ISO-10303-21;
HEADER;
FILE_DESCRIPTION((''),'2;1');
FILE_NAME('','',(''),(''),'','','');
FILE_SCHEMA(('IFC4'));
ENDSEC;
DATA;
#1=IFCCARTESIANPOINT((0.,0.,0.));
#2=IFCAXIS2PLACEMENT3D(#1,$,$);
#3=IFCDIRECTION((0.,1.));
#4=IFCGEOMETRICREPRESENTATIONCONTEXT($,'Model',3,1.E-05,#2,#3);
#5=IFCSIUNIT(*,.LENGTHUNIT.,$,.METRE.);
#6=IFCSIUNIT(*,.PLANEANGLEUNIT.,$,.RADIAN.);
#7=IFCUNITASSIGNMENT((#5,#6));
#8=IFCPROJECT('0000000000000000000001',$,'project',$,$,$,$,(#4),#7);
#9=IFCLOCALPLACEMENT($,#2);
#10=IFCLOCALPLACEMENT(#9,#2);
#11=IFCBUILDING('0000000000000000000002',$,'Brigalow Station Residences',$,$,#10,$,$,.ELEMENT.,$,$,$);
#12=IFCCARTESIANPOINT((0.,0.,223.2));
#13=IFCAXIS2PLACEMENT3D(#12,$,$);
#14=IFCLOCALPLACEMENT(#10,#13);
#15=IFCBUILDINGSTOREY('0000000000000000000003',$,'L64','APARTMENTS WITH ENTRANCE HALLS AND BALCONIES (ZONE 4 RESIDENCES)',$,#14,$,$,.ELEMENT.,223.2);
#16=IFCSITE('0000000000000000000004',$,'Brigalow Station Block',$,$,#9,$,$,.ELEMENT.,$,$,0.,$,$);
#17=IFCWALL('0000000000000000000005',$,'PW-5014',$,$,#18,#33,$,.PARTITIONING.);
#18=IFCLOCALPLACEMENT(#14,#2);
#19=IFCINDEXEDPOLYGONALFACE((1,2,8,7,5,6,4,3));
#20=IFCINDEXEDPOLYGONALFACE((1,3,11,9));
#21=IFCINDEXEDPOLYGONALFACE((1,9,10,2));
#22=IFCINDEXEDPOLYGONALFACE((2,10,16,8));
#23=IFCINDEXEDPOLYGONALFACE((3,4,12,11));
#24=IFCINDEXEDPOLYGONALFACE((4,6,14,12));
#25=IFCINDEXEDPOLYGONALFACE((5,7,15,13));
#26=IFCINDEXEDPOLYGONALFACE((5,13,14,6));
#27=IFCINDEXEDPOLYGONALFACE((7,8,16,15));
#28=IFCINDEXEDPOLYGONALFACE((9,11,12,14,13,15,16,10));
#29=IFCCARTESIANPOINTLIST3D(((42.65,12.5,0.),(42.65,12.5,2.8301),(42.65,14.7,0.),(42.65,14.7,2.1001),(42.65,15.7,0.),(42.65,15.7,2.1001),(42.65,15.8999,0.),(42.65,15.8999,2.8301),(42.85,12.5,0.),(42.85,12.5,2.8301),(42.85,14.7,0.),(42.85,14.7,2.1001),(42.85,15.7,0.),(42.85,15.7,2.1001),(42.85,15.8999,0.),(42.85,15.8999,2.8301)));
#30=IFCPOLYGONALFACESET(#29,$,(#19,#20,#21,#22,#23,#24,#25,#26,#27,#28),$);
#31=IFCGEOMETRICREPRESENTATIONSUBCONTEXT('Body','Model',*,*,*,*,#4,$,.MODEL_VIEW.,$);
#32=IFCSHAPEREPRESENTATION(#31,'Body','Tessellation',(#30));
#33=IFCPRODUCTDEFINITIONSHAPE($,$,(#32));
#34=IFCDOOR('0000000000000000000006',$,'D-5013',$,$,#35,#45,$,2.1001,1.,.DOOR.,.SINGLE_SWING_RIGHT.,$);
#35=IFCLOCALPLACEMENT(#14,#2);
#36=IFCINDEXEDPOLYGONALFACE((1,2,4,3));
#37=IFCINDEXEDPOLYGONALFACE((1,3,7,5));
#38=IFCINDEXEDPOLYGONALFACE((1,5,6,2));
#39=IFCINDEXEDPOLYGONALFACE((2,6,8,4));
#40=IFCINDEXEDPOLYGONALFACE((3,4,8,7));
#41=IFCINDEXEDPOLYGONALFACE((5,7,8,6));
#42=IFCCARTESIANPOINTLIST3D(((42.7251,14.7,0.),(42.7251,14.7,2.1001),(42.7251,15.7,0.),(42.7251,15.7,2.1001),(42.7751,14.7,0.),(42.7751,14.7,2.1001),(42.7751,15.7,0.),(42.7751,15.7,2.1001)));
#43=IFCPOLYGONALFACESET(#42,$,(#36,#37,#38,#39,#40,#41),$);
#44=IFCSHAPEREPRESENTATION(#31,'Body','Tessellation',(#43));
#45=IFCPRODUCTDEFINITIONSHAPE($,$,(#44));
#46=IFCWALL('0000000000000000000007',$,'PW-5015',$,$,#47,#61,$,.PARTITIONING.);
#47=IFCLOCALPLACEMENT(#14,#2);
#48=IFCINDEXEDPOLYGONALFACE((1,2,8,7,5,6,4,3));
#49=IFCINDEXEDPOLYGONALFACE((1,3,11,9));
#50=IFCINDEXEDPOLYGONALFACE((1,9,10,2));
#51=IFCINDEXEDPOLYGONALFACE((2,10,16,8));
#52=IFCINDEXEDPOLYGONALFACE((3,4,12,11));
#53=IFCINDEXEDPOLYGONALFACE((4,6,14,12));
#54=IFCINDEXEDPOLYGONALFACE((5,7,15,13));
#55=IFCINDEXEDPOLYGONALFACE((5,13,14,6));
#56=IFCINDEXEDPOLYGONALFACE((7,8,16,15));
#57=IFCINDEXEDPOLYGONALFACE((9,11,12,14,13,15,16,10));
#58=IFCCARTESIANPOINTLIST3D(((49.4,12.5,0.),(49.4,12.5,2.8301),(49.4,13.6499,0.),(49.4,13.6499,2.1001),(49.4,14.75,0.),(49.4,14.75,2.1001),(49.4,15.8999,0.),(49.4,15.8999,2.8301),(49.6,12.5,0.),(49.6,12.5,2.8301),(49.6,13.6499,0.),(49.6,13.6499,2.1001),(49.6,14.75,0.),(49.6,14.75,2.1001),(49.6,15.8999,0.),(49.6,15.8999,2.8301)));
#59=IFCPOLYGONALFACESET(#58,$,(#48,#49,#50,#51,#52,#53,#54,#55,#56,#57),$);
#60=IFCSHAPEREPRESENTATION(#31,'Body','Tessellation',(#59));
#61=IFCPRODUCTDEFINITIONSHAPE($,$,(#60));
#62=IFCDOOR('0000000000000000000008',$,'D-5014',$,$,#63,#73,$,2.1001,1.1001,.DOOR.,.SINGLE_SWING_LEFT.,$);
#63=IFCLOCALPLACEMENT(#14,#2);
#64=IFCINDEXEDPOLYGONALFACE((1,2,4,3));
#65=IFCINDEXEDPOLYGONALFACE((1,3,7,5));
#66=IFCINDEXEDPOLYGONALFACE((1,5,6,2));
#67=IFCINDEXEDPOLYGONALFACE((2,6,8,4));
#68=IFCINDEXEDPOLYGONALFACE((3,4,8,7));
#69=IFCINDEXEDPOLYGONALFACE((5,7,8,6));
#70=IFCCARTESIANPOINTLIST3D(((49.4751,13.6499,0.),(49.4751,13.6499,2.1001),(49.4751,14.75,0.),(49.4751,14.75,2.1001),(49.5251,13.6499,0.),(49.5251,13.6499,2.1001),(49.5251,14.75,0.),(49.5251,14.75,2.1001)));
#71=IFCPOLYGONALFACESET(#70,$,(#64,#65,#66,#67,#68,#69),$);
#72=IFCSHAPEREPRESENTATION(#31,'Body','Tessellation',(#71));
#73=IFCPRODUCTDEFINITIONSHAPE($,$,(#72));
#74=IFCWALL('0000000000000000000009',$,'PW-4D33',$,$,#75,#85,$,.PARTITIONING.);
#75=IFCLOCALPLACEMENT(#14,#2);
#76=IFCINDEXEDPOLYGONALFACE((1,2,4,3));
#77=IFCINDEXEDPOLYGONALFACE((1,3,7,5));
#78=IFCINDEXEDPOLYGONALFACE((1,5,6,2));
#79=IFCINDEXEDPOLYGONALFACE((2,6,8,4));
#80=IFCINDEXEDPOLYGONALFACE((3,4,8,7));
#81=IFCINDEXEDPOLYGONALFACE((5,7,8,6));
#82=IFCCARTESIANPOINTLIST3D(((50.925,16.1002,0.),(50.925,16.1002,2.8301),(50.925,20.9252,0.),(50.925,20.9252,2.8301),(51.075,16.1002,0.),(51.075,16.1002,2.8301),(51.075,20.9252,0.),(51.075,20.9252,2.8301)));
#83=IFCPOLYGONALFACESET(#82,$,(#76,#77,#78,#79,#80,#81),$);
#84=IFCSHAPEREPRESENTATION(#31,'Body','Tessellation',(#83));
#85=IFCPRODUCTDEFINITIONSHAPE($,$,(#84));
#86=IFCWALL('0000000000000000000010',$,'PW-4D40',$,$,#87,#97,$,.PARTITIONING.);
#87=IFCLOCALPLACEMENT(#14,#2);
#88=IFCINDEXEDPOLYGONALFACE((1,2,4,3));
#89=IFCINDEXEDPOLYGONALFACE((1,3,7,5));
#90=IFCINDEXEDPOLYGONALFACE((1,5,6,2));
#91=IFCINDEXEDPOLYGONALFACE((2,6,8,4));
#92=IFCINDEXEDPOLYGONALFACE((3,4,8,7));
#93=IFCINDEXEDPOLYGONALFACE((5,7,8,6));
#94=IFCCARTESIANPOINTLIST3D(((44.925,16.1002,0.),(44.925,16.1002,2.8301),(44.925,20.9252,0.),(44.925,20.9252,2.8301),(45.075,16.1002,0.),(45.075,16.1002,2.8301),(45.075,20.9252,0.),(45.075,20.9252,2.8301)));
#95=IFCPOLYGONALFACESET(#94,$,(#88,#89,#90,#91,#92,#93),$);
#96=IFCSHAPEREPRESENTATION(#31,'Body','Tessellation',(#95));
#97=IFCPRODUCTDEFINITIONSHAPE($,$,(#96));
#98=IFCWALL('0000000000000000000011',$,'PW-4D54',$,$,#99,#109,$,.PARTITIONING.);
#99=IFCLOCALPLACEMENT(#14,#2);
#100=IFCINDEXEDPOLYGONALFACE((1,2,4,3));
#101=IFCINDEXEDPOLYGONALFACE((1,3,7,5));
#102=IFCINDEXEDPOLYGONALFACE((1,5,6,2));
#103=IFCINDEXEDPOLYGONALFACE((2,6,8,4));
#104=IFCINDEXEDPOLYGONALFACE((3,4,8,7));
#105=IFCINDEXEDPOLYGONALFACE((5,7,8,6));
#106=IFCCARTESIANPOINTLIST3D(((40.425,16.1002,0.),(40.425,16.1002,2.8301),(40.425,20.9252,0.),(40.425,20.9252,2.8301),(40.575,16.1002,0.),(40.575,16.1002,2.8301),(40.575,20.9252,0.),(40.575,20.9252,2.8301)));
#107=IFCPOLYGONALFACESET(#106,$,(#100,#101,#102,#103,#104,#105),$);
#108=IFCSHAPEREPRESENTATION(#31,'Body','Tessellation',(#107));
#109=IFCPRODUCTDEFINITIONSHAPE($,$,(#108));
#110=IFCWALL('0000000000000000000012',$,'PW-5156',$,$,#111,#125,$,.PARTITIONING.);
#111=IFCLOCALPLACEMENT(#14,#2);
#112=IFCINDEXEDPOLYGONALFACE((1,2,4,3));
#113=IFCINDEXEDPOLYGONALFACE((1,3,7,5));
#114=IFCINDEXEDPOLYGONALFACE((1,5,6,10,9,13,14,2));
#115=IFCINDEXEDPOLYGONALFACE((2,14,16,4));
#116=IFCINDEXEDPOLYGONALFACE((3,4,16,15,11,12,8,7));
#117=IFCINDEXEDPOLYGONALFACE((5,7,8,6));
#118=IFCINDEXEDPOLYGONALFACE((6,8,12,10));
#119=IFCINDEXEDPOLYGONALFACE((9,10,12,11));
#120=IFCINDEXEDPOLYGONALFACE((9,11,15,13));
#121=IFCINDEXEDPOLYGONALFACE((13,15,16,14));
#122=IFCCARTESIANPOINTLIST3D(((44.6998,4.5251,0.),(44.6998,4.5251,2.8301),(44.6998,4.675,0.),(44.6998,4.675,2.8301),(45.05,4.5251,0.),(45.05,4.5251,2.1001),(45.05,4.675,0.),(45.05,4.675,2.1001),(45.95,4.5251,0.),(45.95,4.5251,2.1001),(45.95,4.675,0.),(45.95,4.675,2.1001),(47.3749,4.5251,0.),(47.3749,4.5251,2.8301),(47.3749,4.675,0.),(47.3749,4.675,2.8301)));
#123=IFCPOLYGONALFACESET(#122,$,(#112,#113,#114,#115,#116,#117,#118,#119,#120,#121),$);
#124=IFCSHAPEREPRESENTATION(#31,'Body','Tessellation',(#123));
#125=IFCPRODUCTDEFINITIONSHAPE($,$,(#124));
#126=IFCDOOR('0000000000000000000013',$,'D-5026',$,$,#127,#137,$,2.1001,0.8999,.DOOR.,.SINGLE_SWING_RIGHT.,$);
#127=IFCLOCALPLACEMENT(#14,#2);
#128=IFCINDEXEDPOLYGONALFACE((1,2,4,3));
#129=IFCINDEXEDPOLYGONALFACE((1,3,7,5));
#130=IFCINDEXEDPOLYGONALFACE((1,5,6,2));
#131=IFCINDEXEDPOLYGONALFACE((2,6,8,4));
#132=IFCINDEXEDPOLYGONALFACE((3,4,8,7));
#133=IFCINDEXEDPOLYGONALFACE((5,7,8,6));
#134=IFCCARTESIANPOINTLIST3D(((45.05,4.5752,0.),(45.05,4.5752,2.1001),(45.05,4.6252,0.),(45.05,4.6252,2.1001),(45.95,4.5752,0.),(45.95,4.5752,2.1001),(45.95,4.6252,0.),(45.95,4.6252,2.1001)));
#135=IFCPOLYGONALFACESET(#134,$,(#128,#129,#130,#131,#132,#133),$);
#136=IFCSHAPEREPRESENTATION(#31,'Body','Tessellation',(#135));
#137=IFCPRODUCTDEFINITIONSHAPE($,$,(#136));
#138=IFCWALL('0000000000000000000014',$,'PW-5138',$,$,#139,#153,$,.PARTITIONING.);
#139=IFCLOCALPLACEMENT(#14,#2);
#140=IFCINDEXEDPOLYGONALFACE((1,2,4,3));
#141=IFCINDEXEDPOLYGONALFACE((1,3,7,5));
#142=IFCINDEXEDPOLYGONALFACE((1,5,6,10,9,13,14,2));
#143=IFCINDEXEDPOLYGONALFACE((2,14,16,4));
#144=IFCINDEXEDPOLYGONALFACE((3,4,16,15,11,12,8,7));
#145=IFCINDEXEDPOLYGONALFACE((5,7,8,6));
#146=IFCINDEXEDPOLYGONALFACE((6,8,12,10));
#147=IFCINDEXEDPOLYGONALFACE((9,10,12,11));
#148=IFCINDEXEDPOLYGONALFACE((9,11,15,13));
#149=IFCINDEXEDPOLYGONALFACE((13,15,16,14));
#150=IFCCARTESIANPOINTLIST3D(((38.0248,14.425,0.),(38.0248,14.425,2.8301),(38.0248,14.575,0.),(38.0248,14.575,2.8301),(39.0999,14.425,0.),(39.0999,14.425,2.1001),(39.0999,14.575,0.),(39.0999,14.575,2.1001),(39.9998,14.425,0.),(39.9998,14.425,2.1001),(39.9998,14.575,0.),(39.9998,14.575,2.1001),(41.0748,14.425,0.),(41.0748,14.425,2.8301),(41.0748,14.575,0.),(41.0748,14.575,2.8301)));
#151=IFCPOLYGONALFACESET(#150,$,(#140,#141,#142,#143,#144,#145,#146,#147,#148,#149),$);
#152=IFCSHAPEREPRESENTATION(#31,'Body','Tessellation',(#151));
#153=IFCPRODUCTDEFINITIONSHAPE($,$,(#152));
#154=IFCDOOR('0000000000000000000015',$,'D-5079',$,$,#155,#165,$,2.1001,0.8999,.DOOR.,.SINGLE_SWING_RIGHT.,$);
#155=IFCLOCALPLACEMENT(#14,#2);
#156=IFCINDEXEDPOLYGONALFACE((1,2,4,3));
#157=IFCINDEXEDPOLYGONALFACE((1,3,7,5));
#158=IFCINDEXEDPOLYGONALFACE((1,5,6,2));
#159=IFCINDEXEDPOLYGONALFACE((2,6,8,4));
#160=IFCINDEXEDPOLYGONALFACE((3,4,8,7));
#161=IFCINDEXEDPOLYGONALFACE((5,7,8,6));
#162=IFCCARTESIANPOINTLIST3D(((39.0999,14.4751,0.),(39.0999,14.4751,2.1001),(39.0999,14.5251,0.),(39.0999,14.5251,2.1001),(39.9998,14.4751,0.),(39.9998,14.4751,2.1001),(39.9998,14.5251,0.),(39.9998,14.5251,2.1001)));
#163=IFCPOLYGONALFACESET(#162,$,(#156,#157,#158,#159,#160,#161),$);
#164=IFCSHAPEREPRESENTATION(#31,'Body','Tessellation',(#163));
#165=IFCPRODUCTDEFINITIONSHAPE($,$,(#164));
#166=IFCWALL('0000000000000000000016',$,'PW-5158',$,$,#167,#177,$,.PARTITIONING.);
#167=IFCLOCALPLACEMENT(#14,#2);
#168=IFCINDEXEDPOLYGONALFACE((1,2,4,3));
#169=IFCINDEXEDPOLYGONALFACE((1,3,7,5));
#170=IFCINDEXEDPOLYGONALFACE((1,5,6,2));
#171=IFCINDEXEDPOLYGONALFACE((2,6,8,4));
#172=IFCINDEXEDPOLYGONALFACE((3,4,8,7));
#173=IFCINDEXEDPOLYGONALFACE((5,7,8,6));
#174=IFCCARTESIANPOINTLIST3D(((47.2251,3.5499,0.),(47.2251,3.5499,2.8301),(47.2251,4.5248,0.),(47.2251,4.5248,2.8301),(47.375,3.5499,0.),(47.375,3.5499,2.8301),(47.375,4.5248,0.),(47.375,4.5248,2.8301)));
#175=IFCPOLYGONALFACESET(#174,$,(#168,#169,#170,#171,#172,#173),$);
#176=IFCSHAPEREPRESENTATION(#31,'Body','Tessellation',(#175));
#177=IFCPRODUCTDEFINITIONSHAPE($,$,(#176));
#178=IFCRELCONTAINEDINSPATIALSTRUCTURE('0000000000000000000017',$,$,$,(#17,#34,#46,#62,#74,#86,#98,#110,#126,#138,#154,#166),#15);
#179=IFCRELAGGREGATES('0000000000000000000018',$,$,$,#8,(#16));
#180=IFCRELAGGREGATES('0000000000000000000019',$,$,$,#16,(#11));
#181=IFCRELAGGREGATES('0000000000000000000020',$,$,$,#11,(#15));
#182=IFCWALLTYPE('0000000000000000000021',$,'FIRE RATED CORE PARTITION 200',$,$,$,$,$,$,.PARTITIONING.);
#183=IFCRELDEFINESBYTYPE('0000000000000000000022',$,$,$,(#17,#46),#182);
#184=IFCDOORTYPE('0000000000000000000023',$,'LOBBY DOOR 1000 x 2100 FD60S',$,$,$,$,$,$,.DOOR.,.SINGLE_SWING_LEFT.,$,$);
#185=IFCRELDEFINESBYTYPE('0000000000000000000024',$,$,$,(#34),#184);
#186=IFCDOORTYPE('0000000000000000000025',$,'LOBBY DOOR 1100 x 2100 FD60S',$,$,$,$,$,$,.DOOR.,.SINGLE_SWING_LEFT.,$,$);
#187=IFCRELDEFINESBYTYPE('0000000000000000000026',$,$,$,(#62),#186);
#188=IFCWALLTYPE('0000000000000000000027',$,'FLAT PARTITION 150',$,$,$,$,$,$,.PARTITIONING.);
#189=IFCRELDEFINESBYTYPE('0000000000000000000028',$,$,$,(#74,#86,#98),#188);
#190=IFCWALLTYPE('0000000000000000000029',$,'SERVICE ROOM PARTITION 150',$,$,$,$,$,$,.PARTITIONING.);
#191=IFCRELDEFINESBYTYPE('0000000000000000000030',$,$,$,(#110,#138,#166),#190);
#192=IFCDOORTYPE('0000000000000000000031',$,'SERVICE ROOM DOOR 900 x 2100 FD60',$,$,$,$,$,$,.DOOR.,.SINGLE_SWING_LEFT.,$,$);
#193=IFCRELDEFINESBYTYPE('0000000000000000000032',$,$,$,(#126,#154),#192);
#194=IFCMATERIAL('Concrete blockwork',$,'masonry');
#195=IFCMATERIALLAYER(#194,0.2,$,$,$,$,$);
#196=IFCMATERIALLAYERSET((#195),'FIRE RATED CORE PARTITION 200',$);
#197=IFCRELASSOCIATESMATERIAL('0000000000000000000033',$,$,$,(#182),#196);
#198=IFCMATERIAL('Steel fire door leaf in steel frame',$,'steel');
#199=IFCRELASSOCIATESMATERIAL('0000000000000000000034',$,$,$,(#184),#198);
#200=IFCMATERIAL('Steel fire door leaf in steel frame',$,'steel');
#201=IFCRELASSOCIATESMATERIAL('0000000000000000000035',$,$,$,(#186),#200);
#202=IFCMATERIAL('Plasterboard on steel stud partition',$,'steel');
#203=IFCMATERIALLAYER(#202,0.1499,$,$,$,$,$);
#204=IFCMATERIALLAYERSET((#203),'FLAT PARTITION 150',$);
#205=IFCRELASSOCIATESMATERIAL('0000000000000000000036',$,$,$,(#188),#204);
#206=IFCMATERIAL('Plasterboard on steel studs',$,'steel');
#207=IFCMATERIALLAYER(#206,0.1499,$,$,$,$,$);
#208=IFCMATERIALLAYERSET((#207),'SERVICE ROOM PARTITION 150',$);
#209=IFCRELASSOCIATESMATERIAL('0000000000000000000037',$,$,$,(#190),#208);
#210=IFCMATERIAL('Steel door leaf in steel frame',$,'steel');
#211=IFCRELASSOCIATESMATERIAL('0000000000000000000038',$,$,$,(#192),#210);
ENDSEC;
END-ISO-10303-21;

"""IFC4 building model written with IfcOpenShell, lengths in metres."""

from ifc_helpers import new_model, si_unit, direction, frame, frame_2d, origin, place, context, subcontext, project, spatial, rectangle, extrude, material, layer, layer_set, type_object, element, fill, save


model = new_model("IFC4")

# Units and contexts
model_context = context("Model", 3, precision=1e-05, world=origin(), true_north=direction((0.0, 1.0)))
body_context = subcontext(model_context, "Body", "Model", "MODEL_VIEW")
ifc_project = project(units=[si_unit("LENGTHUNIT", "METRE"), si_unit("PLANEANGLEUNIT", "RADIAN")], contexts=[model_context])

# Site, building, storey
site_placement = place(None, origin())
site = spatial("IfcSite", under=ifc_project, at=site_placement, Name="Brigalow Station Block", CompositionType="ELEMENT", RefElevation=0.0)
building_placement = place(site_placement, origin())
building = spatial("IfcBuilding", under=site, at=building_placement, Name="Brigalow Station Residences", CompositionType="ELEMENT")
storey_placement = place(building_placement, frame((0.0, 0.0, 223.2)))
storey = spatial("IfcBuildingStorey", under=building, at=storey_placement, Name="L64", Description="APARTMENTS WITH ENTRANCE HALLS AND BALCONIES (ZONE 4 RESIDENCES)", CompositionType="ELEMENT", Elevation=223.2)

# Shared definitions
ifc_material_1 = material(Name="Concrete blockwork", Category="masonry")
ifc_layer_1 = layer(ifc_material_1, 0.2)
ifc_layer_set_1 = layer_set([ifc_layer_1], Name="FIRE RATED CORE PARTITION 200")
wall_type_1 = type_object("IfcWallType", Name="FIRE RATED CORE PARTITION 200", PredefinedType="PARTITIONING", material=ifc_layer_set_1)

# Walls, openings, doors
wall_1_placement = place(storey_placement, frame((42.75, 12.5, 0.0), z_axis=(0.0, 0.0, 1.0), x_axis=(0.0, 1.0, 0.0)))
wall_1 = element("IfcWall", 1, at=wall_1_placement, inside=storey, type_object=wall_type_1, Name="PW-5014", PredefinedType="PARTITIONING", context=body_context, shape_type="SweptSolid", body=[
    extrude(rectangle(XDim=3.3999, YDim=0.2, at=frame_2d((1.7, 0.0))), origin(), (0.0, 0.0, 1.0), 2.8301),
])
opening_1_placement = place(wall_1_placement, frame((2.2, 0.0, 0.0)))
opening_1 = element("IfcOpeningElement", 2, at=opening_1_placement, cuts=wall_1, PredefinedType="OPENING", context=body_context, shape_type="SweptSolid", body=[
    extrude(rectangle(XDim=1.0, YDim=2.1001, at=frame_2d((0.5, 1.05))), frame((0.0, 0.1099, 0.0), z_axis=(0.0, -1.0, 0.0), x_axis=(1.0, 0.0, 0.0)), (0.0, 0.0, 1.0), 0.22),
])
ifc_material_2 = material(Name="Steel fire door leaf in steel frame", Category="steel")
door_type_1 = type_object("IfcDoorType", Name="LOBBY DOOR 1000 x 2100 FD60S", OperationType="SINGLE_SWING_LEFT", PredefinedType="DOOR", material=ifc_material_2)
door_1_placement = place(opening_1_placement, origin())
door_1 = element("IfcDoor", 3, at=door_1_placement, inside=storey, type_object=door_type_1, Name="D-5013", OperationType="SINGLE_SWING_RIGHT", OverallHeight=2.1001, OverallWidth=1.0, PredefinedType="DOOR", context=body_context, shape_type="SweptSolid", body=[
    extrude(rectangle(XDim=1.0, YDim=2.1001, at=frame_2d((0.5, 1.05))), frame((0.0, 0.0249, 0.0), z_axis=(0.0, -1.0, 0.0), x_axis=(1.0, 0.0, 0.0)), (0.0, 0.0, 1.0), 0.05),
])
fill(opening_1, door_1)
wall_2_placement = place(storey_placement, frame((49.5, 12.5, 0.0), z_axis=(0.0, 0.0, 1.0), x_axis=(0.0, 1.0, 0.0)))
wall_2 = element("IfcWall", 4, at=wall_2_placement, inside=storey, type_object=wall_type_1, Name="PW-5015", PredefinedType="PARTITIONING", context=body_context, shape_type="SweptSolid", body=[
    extrude(rectangle(XDim=3.3999, YDim=0.2, at=frame_2d((1.7, 0.0))), origin(), (0.0, 0.0, 1.0), 2.8301),
])
opening_2_placement = place(wall_2_placement, frame((1.1499, 0.0, 0.0)))
opening_2 = element("IfcOpeningElement", 5, at=opening_2_placement, cuts=wall_2, PredefinedType="OPENING", context=body_context, shape_type="SweptSolid", body=[
    extrude(rectangle(XDim=1.1001, YDim=2.1001, at=frame_2d((0.55, 1.05))), frame((0.0, 0.1099, 0.0), z_axis=(0.0, -1.0, 0.0), x_axis=(1.0, 0.0, 0.0)), (0.0, 0.0, 1.0), 0.22),
])
ifc_material_3 = material(Name="Steel fire door leaf in steel frame", Category="steel")
door_type_2 = type_object("IfcDoorType", Name="LOBBY DOOR 1100 x 2100 FD60S", OperationType="SINGLE_SWING_LEFT", PredefinedType="DOOR", material=ifc_material_3)
door_2_placement = place(opening_2_placement, origin())
door_2 = element("IfcDoor", 6, at=door_2_placement, inside=storey, type_object=door_type_2, Name="D-5014", OperationType="SINGLE_SWING_LEFT", OverallHeight=2.1001, OverallWidth=1.1001, PredefinedType="DOOR", context=body_context, shape_type="SweptSolid", body=[
    extrude(rectangle(XDim=1.1001, YDim=2.1001, at=frame_2d((0.55, 1.05))), frame((0.0, 0.0249, 0.0), z_axis=(0.0, -1.0, 0.0), x_axis=(1.0, 0.0, 0.0)), (0.0, 0.0, 1.0), 0.05),
])
fill(opening_2, door_2)

# Walls
ifc_material_4 = material(Name="Plasterboard on steel stud partition", Category="steel")
ifc_layer_2 = layer(ifc_material_4, 0.1499)
ifc_layer_set_2 = layer_set([ifc_layer_2], Name="FLAT PARTITION 150")
wall_type_2 = type_object("IfcWallType", Name="FLAT PARTITION 150", PredefinedType="PARTITIONING", material=ifc_layer_set_2)
for number, where, z_axis, x_axis, name in (
    (7, (51.0, 16.1001, 0.0), (0.0, 0.0, 1.0), (0.0, 1.0, 0.0), "PW-4D33"),
    (8, (45.0, 16.1001, 0.0), (0.0, 0.0, 1.0), (0.0, 1.0, 0.0), "PW-4D40"),
    (9, (40.5, 16.1001, 0.0), (0.0, 0.0, 1.0), (0.0, 1.0, 0.0), "PW-4D54"),
):
    element("IfcWall", number, at=place(storey_placement, frame(where, z_axis=z_axis, x_axis=x_axis)), inside=storey, type_object=wall_type_2, Name=name, PredefinedType="PARTITIONING", context=body_context, shape_type="SweptSolid", body=[
        extrude(rectangle(XDim=4.825, YDim=0.1499, at=frame_2d((2.4126, 0.0))), origin(), (0.0, 0.0, 1.0), 2.8301),
    ])

# Walls, openings, doors
ifc_material_5 = material(Name="Plasterboard on steel studs", Category="steel")
ifc_layer_3 = layer(ifc_material_5, 0.1499)
ifc_layer_set_3 = layer_set([ifc_layer_3], Name="SERVICE ROOM PARTITION 150")
wall_type_3 = type_object("IfcWallType", Name="SERVICE ROOM PARTITION 150", PredefinedType="PARTITIONING", material=ifc_layer_set_3)
wall_3_placement = place(storey_placement, frame((44.7, 4.6001, 0.0), z_axis=(0.0, 0.0, 1.0), x_axis=(1.0, 0.0, 0.0)))
wall_3 = element("IfcWall", 10, at=wall_3_placement, inside=storey, type_object=wall_type_3, Name="PW-5156", PredefinedType="PARTITIONING", context=body_context, shape_type="SweptSolid", body=[
    extrude(rectangle(XDim=2.675, YDim=0.1499, at=frame_2d((1.3374, 0.0))), origin(), (0.0, 0.0, 1.0), 2.8301),
])
opening_3_placement = place(wall_3_placement, frame((0.3501, 0.0, 0.0)))
opening_3 = element("IfcOpeningElement", 11, at=opening_3_placement, cuts=wall_3, PredefinedType="OPENING", context=body_context, shape_type="SweptSolid", body=[
    extrude(rectangle(XDim=0.8999, YDim=2.1001, at=frame_2d((0.45, 1.05))), frame((0.0, 0.085, 0.0), z_axis=(0.0, -1.0, 0.0), x_axis=(1.0, 0.0, 0.0)), (0.0, 0.0, 1.0), 0.1699),
])
ifc_material_6 = material(Name="Steel door leaf in steel frame", Category="steel")
door_type_3 = type_object("IfcDoorType", Name="SERVICE ROOM DOOR 900 x 2100 FD60", OperationType="SINGLE_SWING_LEFT", PredefinedType="DOOR", material=ifc_material_6)
door_3_placement = place(opening_3_placement, frame((0.8999, 0.0, 0.0), z_axis=(0.0, 0.0, 1.0), x_axis=(-1.0, 0.0, 0.0)))
door_3 = element("IfcDoor", 12, at=door_3_placement, inside=storey, type_object=door_type_3, Name="D-5026", OperationType="SINGLE_SWING_RIGHT", OverallHeight=2.1001, OverallWidth=0.8999, PredefinedType="DOOR", context=body_context, shape_type="SweptSolid", body=[
    extrude(rectangle(XDim=0.8999, YDim=2.1001, at=frame_2d((0.45, 1.05))), frame((0.0, 0.0249, 0.0), z_axis=(0.0, -1.0, 0.0), x_axis=(1.0, 0.0, 0.0)), (0.0, 0.0, 1.0), 0.05),
])
fill(opening_3, door_3)
wall_4_placement = place(storey_placement, frame((38.0249, 14.5, 0.0), z_axis=(0.0, 0.0, 1.0), x_axis=(1.0, 0.0, 0.0)))
wall_4 = element("IfcWall", 13, at=wall_4_placement, inside=storey, type_object=wall_type_3, Name="PW-5138", PredefinedType="PARTITIONING", context=body_context, shape_type="SweptSolid", body=[
    extrude(rectangle(XDim=3.05, YDim=0.1499, at=frame_2d((1.5249, 0.0))), origin(), (0.0, 0.0, 1.0), 2.8301),
])
opening_4_placement = place(wall_4_placement, frame((1.075, 0.0, 0.0)))
opening_4 = element("IfcOpeningElement", 14, at=opening_4_placement, cuts=wall_4, PredefinedType="OPENING", context=body_context, shape_type="SweptSolid", body=[
    extrude(rectangle(XDim=0.8999, YDim=2.1001, at=frame_2d((0.45, 1.05))), frame((0.0, 0.085, 0.0), z_axis=(0.0, -1.0, 0.0), x_axis=(1.0, 0.0, 0.0)), (0.0, 0.0, 1.0), 0.1699),
])
door_4_placement = place(opening_4_placement, frame((0.8999, 0.0, 0.0), z_axis=(0.0, 0.0, 1.0), x_axis=(-1.0, 0.0, 0.0)))
door_4 = element("IfcDoor", 15, at=door_4_placement, inside=storey, type_object=door_type_3, Name="D-5079", OperationType="SINGLE_SWING_RIGHT", OverallHeight=2.1001, OverallWidth=0.8999, PredefinedType="DOOR", context=body_context, shape_type="SweptSolid", body=[
    extrude(rectangle(XDim=0.8999, YDim=2.1001, at=frame_2d((0.45, 1.05))), frame((0.0, 0.0249, 0.0), z_axis=(0.0, -1.0, 0.0), x_axis=(1.0, 0.0, 0.0)), (0.0, 0.0, 1.0), 0.05),
])
fill(opening_4, door_4)

# Wall
wall_5_placement = place(storey_placement, frame((47.3, 3.55, 0.0), z_axis=(0.0, 0.0, 1.0), x_axis=(0.0, 1.0, 0.0)))
element("IfcWall", 16, at=wall_5_placement, inside=storey, type_object=wall_type_3, Name="PW-5158", PredefinedType="PARTITIONING", context=body_context, shape_type="SweptSolid", body=[
    extrude(rectangle(XDim=0.9749, YDim=0.1499, at=frame_2d((0.4873, 0.0))), origin(), (0.0, 0.0, 1.0), 2.8301),
])

save(model, "model.ifc")
